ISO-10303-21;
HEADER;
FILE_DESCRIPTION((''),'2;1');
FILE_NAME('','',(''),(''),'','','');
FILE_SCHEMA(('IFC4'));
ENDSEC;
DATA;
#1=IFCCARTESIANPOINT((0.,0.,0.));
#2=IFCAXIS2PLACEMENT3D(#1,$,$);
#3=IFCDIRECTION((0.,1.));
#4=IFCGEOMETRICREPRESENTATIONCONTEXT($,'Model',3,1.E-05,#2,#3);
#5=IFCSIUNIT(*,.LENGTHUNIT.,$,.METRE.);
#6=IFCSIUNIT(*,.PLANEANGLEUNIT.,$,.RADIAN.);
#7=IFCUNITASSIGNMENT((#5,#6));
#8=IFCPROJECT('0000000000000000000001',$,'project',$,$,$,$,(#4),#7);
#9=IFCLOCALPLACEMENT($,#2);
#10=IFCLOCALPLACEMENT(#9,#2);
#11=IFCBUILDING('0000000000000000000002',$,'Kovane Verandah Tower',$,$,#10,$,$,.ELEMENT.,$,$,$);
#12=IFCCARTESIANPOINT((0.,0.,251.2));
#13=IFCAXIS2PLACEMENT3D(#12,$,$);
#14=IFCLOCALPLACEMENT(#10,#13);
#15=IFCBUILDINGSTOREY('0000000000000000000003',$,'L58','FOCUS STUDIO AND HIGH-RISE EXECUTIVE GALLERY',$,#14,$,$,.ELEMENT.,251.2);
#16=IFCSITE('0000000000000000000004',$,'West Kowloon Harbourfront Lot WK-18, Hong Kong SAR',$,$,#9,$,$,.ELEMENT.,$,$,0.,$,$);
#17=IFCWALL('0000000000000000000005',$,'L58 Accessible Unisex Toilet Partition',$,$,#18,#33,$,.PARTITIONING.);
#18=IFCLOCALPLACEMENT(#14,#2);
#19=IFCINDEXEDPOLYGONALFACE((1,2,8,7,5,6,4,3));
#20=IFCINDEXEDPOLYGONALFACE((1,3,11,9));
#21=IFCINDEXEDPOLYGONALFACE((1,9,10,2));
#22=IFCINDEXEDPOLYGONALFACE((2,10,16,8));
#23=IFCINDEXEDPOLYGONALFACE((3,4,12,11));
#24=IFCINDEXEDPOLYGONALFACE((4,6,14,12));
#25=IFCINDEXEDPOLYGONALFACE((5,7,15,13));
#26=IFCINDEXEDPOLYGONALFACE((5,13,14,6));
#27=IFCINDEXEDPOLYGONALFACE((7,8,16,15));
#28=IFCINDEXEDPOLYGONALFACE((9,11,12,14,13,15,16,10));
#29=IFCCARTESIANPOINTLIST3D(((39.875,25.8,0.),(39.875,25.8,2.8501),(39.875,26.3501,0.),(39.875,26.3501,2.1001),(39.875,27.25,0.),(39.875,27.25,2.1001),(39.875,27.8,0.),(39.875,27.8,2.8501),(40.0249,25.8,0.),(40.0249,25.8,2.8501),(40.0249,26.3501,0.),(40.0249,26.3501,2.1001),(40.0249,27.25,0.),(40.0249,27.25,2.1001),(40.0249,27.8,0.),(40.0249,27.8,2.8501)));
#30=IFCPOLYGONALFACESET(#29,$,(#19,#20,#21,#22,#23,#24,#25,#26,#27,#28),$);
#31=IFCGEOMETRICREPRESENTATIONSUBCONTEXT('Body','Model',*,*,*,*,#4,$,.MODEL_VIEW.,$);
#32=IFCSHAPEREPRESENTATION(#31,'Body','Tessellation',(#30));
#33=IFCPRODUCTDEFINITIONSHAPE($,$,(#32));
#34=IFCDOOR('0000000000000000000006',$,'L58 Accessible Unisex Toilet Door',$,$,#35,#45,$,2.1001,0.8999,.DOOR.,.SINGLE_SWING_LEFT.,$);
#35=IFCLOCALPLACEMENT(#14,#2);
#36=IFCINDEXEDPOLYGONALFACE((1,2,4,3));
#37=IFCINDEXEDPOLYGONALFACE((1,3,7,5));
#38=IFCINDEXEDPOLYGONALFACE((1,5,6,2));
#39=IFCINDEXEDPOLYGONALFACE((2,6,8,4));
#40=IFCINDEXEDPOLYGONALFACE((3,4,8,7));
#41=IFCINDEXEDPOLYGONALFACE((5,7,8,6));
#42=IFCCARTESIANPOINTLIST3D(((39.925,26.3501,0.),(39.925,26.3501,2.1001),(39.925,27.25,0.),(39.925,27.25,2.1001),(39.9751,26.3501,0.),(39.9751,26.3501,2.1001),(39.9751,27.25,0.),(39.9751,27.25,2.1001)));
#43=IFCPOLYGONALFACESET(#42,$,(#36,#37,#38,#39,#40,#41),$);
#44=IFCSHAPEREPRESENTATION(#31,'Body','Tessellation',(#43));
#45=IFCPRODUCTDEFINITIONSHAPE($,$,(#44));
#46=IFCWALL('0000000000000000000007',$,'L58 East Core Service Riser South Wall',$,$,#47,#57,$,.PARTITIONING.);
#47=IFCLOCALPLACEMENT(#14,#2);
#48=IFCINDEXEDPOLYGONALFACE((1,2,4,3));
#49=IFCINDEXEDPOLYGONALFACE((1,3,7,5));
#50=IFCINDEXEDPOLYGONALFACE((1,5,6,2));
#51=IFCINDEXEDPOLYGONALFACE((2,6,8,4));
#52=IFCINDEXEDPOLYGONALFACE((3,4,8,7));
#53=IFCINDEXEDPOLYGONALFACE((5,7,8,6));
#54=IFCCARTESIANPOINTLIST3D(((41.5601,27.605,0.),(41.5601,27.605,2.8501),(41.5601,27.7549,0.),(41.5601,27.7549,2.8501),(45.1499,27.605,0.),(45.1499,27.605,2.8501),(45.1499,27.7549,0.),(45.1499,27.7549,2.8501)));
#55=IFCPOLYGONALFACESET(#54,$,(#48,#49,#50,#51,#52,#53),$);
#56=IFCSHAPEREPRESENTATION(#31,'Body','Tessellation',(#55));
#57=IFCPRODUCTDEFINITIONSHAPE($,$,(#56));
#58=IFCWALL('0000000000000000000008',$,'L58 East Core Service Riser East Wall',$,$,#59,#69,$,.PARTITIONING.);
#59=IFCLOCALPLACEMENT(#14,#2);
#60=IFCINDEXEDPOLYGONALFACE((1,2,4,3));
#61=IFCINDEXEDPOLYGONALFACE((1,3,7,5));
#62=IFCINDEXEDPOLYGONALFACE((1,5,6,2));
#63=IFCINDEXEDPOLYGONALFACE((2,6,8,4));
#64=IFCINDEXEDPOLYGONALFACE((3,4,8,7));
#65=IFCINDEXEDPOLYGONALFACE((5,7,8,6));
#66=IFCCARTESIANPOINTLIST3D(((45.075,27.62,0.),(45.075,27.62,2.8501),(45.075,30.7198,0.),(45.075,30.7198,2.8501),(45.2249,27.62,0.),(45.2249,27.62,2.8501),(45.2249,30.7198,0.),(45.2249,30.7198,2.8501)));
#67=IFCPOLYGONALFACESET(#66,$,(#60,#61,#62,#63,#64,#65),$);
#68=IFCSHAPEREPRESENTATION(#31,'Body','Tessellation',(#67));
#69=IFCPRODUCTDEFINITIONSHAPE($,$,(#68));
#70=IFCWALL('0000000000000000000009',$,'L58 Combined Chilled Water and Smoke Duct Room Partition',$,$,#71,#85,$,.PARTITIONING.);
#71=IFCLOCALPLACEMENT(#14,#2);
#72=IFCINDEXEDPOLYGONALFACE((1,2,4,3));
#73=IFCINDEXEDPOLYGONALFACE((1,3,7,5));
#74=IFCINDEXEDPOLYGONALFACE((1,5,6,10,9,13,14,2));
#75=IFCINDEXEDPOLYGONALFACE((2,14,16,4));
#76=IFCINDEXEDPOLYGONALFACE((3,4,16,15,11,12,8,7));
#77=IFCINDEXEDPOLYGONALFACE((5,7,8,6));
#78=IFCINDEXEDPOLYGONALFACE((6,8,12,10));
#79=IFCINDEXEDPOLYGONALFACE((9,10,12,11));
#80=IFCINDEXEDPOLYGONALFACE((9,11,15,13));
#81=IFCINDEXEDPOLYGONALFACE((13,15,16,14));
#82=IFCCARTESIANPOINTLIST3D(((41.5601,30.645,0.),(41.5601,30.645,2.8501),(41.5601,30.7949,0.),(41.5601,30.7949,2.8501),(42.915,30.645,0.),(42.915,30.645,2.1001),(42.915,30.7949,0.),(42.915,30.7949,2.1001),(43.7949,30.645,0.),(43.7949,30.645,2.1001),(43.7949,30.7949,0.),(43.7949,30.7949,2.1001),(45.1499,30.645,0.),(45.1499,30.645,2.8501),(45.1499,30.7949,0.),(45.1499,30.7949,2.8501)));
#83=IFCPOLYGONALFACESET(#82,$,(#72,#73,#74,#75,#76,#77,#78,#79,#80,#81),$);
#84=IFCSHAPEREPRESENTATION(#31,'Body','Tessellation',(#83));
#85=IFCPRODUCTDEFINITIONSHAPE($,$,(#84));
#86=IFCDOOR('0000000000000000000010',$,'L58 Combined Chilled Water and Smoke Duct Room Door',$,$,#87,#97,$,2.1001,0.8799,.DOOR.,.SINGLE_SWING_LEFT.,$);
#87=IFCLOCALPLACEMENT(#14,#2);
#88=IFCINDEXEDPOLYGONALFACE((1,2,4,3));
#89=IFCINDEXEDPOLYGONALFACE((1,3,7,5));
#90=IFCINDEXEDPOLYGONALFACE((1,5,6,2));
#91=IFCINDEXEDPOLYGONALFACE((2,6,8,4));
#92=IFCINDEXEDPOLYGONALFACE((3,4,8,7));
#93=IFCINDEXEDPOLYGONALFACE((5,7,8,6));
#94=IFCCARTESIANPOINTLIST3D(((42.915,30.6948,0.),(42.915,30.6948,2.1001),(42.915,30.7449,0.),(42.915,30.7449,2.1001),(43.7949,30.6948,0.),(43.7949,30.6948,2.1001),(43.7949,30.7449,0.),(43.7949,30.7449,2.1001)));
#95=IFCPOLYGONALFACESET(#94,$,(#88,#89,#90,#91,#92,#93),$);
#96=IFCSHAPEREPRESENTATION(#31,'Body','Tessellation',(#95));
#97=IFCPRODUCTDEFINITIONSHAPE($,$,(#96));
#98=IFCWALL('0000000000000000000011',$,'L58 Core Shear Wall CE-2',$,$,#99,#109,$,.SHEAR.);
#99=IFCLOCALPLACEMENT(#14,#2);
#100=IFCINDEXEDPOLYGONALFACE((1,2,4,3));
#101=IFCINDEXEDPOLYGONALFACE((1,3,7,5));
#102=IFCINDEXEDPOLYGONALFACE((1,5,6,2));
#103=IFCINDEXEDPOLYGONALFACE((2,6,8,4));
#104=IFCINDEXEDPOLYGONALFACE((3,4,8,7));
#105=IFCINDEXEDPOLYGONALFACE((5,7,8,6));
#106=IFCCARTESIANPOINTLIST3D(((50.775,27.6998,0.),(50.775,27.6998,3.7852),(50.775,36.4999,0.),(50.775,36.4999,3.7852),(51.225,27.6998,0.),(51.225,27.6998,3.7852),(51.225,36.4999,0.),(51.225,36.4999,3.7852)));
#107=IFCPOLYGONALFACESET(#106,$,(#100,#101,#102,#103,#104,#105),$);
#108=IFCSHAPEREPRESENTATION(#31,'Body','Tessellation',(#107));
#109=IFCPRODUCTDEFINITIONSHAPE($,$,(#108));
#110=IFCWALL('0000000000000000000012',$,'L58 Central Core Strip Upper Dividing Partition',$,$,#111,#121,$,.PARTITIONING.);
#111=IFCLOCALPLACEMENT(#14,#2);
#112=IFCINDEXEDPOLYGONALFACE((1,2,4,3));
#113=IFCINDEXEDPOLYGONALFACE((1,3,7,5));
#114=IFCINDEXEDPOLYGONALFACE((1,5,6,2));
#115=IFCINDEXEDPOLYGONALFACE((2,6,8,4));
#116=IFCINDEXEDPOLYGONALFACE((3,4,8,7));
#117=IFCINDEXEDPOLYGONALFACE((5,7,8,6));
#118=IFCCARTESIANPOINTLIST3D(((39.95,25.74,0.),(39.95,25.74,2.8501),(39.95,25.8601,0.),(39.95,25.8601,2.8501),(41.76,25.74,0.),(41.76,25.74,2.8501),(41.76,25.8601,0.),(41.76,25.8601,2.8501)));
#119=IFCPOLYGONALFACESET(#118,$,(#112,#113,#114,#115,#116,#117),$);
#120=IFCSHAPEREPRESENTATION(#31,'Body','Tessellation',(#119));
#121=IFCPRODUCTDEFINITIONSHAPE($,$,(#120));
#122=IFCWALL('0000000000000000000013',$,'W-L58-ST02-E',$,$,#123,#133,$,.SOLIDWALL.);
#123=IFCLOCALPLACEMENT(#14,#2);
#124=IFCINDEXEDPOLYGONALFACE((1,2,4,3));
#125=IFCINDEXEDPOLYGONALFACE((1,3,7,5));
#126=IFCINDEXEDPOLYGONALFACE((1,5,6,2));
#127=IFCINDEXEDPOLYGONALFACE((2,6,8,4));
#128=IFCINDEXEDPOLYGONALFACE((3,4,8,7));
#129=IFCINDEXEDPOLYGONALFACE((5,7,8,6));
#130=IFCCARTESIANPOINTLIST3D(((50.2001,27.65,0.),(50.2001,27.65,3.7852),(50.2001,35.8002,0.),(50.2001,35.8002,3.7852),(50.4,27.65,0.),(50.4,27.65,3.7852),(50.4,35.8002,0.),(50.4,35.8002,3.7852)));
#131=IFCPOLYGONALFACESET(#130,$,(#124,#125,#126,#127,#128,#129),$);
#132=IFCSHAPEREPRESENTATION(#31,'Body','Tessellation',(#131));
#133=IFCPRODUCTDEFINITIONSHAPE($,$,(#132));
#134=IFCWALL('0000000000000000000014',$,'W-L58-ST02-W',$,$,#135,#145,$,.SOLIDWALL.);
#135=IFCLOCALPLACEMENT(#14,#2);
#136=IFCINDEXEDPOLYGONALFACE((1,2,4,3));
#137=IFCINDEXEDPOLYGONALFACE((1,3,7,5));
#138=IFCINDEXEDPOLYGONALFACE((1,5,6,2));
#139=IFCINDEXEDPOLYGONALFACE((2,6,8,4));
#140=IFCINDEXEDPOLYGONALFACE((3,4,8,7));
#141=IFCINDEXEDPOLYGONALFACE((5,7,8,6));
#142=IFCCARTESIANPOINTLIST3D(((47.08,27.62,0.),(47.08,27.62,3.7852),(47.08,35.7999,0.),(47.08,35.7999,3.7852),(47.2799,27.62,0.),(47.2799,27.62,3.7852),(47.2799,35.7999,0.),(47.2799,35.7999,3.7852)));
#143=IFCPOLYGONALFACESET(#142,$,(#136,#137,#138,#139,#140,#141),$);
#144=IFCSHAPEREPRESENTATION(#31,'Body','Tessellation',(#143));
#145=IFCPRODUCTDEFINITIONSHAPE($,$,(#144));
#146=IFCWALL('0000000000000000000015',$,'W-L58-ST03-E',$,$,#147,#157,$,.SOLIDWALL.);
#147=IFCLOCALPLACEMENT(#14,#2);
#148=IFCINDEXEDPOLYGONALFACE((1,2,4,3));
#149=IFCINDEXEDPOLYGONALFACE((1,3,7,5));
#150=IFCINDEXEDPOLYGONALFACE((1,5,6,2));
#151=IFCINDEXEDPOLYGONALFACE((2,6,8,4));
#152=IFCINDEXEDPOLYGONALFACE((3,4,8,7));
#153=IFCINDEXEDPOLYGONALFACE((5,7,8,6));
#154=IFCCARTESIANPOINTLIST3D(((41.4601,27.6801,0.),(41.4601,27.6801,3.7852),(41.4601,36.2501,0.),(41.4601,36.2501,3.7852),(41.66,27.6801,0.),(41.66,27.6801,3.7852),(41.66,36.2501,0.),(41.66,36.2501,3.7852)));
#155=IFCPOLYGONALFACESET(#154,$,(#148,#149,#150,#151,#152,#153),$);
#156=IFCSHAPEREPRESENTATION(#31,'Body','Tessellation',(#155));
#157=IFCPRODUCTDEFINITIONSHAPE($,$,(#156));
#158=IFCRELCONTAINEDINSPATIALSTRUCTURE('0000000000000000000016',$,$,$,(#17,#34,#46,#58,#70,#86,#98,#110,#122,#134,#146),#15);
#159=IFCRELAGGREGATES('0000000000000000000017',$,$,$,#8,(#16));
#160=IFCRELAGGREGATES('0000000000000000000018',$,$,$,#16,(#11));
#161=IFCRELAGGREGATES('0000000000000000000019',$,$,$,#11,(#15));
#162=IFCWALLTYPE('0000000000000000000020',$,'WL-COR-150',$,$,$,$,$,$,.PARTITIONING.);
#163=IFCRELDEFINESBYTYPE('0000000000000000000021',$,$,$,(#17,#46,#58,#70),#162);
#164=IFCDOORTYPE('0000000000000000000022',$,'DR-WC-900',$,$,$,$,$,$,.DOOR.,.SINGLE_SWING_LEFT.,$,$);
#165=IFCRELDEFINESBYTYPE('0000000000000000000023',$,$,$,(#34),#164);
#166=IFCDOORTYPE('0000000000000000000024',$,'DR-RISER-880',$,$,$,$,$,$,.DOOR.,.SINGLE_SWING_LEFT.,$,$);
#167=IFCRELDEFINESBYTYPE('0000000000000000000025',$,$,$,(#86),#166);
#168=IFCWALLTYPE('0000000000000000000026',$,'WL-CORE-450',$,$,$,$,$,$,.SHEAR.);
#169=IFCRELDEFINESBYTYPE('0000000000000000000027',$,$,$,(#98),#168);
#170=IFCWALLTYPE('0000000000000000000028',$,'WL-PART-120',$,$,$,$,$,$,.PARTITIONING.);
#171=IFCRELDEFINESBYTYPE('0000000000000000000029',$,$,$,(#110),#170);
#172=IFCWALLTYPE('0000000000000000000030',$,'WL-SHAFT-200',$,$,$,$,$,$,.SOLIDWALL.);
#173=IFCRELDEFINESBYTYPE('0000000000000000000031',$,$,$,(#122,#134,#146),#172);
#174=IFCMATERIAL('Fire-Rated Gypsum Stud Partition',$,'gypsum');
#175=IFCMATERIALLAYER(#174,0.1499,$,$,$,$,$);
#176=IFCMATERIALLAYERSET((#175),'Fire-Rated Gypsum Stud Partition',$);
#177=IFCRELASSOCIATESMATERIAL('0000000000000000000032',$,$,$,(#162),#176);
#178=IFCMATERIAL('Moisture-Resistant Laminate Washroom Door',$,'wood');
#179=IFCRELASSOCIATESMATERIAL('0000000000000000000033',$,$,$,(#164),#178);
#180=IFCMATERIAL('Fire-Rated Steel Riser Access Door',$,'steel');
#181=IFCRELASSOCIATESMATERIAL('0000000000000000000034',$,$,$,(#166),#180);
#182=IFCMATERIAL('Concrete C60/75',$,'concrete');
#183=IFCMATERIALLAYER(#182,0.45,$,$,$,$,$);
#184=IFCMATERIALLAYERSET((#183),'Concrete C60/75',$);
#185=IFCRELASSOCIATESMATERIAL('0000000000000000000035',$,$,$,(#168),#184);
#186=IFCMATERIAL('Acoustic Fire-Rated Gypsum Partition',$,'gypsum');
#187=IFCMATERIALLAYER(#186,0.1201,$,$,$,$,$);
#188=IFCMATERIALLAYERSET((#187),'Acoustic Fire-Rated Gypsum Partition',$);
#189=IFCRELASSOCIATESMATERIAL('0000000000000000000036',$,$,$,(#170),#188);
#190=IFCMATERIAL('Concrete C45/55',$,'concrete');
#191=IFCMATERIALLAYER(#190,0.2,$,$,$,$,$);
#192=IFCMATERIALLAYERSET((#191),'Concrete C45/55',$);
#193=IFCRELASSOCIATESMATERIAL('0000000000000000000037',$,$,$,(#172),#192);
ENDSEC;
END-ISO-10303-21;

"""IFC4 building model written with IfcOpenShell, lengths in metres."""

from ifc_helpers import new_model, si_unit, direction, frame, frame_2d, origin, place, context, subcontext, project, spatial, rectangle, extrude, material, layer, layer_set, type_object, element, fill, save


model = new_model("IFC4")

# Units and contexts
model_context = context("Model", 3, precision=1e-05, world=origin(), true_north=direction((0.0, 1.0)))
body_context = subcontext(model_context, "Body", "Model", "MODEL_VIEW")
ifc_project = project(units=[si_unit("LENGTHUNIT", "METRE"), si_unit("PLANEANGLEUNIT", "RADIAN")], contexts=[model_context])

# Site, building, storey
site_placement = place(None, origin())
site = spatial("IfcSite", under=ifc_project, at=site_placement, Name="West Kowloon Harbourfront Lot WK-18, Hong Kong SAR", CompositionType="ELEMENT", RefElevation=0.0)
building_placement = place(site_placement, origin())
building = spatial("IfcBuilding", under=site, at=building_placement, Name="Kovane Verandah Tower", CompositionType="ELEMENT")
storey_placement = place(building_placement, frame((0.0, 0.0, 251.2)))
storey = spatial("IfcBuildingStorey", under=building, at=storey_placement, Name="L58", Description="FOCUS STUDIO AND HIGH-RISE EXECUTIVE GALLERY", CompositionType="ELEMENT", Elevation=251.2)

# Wall, opening, door
ifc_material_1 = material(Name="Fire-Rated Gypsum Stud Partition", Category="gypsum")
ifc_layer_1 = layer(ifc_material_1, 0.1499)
ifc_layer_set_1 = layer_set([ifc_layer_1], Name="Fire-Rated Gypsum Stud Partition")
wall_type_1 = type_object("IfcWallType", Name="WL-COR-150", PredefinedType="PARTITIONING", material=ifc_layer_set_1)
wall_1_placement = place(storey_placement, frame((39.95, 25.8, 0.0), z_axis=(0.0, 0.0, 1.0), x_axis=(0.0, 1.0, 0.0)))
wall_1 = element("IfcWall", 1, at=wall_1_placement, inside=storey, type_object=wall_type_1, Name="L58 Accessible Unisex Toilet Partition", PredefinedType="PARTITIONING", context=body_context, shape_type="SweptSolid", body=[
    extrude(rectangle(XDim=2.0, YDim=0.1499, at=frame_2d((1.0, 0.0))), origin(), (0.0, 0.0, 1.0), 2.8501),
])
opening_1_placement = place(wall_1_placement, frame((0.55, 0.0, 0.0)))
opening_1 = element("IfcOpeningElement", 2, at=opening_1_placement, cuts=wall_1, PredefinedType="OPENING", context=body_context, shape_type="SweptSolid", body=[
    extrude(rectangle(XDim=0.8999, YDim=2.1001, at=frame_2d((0.45, 1.05))), frame((0.0, 0.075, 0.0), z_axis=(0.0, -1.0, 0.0), x_axis=(1.0, 0.0, 0.0)), (0.0, 0.0, 1.0), 0.1499),
])
ifc_material_2 = material(Name="Moisture-Resistant Laminate Washroom Door", Category="wood")
door_type_1 = type_object("IfcDoorType", Name="DR-WC-900", OperationType="SINGLE_SWING_LEFT", PredefinedType="DOOR", material=ifc_material_2)
door_1_placement = place(opening_1_placement, origin())
door_1 = element("IfcDoor", 3, at=door_1_placement, inside=storey, type_object=door_type_1, Name="L58 Accessible Unisex Toilet Door", OperationType="SINGLE_SWING_LEFT", OverallHeight=2.1001, OverallWidth=0.8999, PredefinedType="DOOR", context=body_context, shape_type="SweptSolid", body=[
    extrude(rectangle(XDim=0.8999, YDim=2.1001, at=frame_2d((0.45, 1.05))), frame((0.0, 0.0249, 0.0), z_axis=(0.0, -1.0, 0.0), x_axis=(1.0, 0.0, 0.0)), (0.0, 0.0, 1.0), 0.05),
])
fill(opening_1, door_1)

# Walls
wall_2_placement = place(storey_placement, frame((41.5601, 27.6799, 0.0), z_axis=(0.0, 0.0, 1.0), x_axis=(1.0, 0.0, 0.0)))
element("IfcWall", 4, at=wall_2_placement, inside=storey, type_object=wall_type_1, Name="L58 East Core Service Riser South Wall", PredefinedType="PARTITIONING", context=body_context, shape_type="SweptSolid", body=[
    extrude(rectangle(XDim=3.5898, YDim=0.1499, at=frame_2d((1.7949, 0.0))), origin(), (0.0, 0.0, 1.0), 2.8501),
])
wall_3_placement = place(storey_placement, frame((45.1499, 27.6201, 0.0), z_axis=(0.0, 0.0, 1.0), x_axis=(0.0, 1.0, 0.0)))
element("IfcWall", 5, at=wall_3_placement, inside=storey, type_object=wall_type_1, Name="L58 East Core Service Riser East Wall", PredefinedType="PARTITIONING", context=body_context, shape_type="SweptSolid", body=[
    extrude(rectangle(XDim=3.0999, YDim=0.1499, at=frame_2d((1.5498, 0.0))), origin(), (0.0, 0.0, 1.0), 2.8501),
])

# Wall, opening, door
wall_4_placement = place(storey_placement, frame((41.5601, 30.72, 0.0), z_axis=(0.0, 0.0, 1.0), x_axis=(1.0, 0.0, 0.0)))
wall_4 = element("IfcWall", 6, at=wall_4_placement, inside=storey, type_object=wall_type_1, Name="L58 Combined Chilled Water and Smoke Duct Room Partition", PredefinedType="PARTITIONING", context=body_context, shape_type="SweptSolid", body=[
    extrude(rectangle(XDim=3.5898, YDim=0.1499, at=frame_2d((1.7949, 0.0))), origin(), (0.0, 0.0, 1.0), 2.8501),
])
opening_2_placement = place(wall_4_placement, frame((1.355, 0.0, 0.0)))
opening_2 = element("IfcOpeningElement", 7, at=opening_2_placement, cuts=wall_4, PredefinedType="OPENING", context=body_context, shape_type="SweptSolid", body=[
    extrude(rectangle(XDim=0.8799, YDim=2.1001, at=frame_2d((0.4399, 1.05))), frame((0.0, 0.075, 0.0), z_axis=(0.0, -1.0, 0.0), x_axis=(1.0, 0.0, 0.0)), (0.0, 0.0, 1.0), 0.1499),
])
ifc_material_3 = material(Name="Fire-Rated Steel Riser Access Door", Category="steel")
door_type_2 = type_object("IfcDoorType", Name="DR-RISER-880", OperationType="SINGLE_SWING_LEFT", PredefinedType="DOOR", material=ifc_material_3)
door_2_placement = place(opening_2_placement, origin())
door_2 = element("IfcDoor", 8, at=door_2_placement, inside=storey, type_object=door_type_2, Name="L58 Combined Chilled Water and Smoke Duct Room Door", OperationType="SINGLE_SWING_LEFT", OverallHeight=2.1001, OverallWidth=0.8799, PredefinedType="DOOR", context=body_context, shape_type="SweptSolid", body=[
    extrude(rectangle(XDim=0.8799, YDim=2.1001, at=frame_2d((0.4399, 1.05))), frame((0.0, 0.0249, 0.0), z_axis=(0.0, -1.0, 0.0), x_axis=(1.0, 0.0, 0.0)), (0.0, 0.0, 1.0), 0.05),
])
fill(opening_2, door_2)

# Wall
ifc_material_4 = material(Name="Concrete C60/75", Category="concrete")
ifc_layer_2 = layer(ifc_material_4, 0.45)
ifc_layer_set_2 = layer_set([ifc_layer_2], Name="Concrete C60/75")
wall_type_2 = type_object("IfcWallType", Name="WL-CORE-450", PredefinedType="SHEAR", material=ifc_layer_set_2)
wall_5_placement = place(storey_placement, frame((51.0, 27.7, 0.0), z_axis=(0.0, 0.0, 1.0), x_axis=(0.0, 1.0, 0.0)))
element("IfcWall", 9, at=wall_5_placement, inside=storey, type_object=wall_type_2, Name="L58 Core Shear Wall CE-2", PredefinedType="SHEAR", context=body_context, shape_type="SweptSolid", body=[
    extrude(rectangle(XDim=8.8, YDim=0.45, at=frame_2d((4.3999, 0.0))), origin(), (0.0, 0.0, 1.0), 3.7852),
])

# Walls
ifc_material_5 = material(Name="Acoustic Fire-Rated Gypsum Partition", Category="gypsum")
ifc_layer_3 = layer(ifc_material_5, 0.1201)
ifc_layer_set_3 = layer_set([ifc_layer_3], Name="Acoustic Fire-Rated Gypsum Partition")
wall_type_3 = type_object("IfcWallType", Name="WL-PART-120", PredefinedType="PARTITIONING", material=ifc_layer_set_3)
wall_6_placement = place(storey_placement, frame((39.95, 25.8, 0.0), z_axis=(0.0, 0.0, 1.0), x_axis=(1.0, 0.0, 0.0)))
element("IfcWall", 10, at=wall_6_placement, inside=storey, type_object=wall_type_3, Name="L58 Central Core Strip Upper Dividing Partition", PredefinedType="PARTITIONING", context=body_context, shape_type="SweptSolid", body=[
    extrude(rectangle(XDim=1.8101, YDim=0.1201, at=frame_2d((0.905, 0.0))), origin(), (0.0, 0.0, 1.0), 2.8501),
])
ifc_material_6 = material(Name="Concrete C45/55", Category="concrete")
ifc_layer_4 = layer(ifc_material_6, 0.2)
ifc_layer_set_4 = layer_set([ifc_layer_4], Name="Concrete C45/55")
wall_type_4 = type_object("IfcWallType", Name="WL-SHAFT-200", PredefinedType="SOLIDWALL", material=ifc_layer_set_4)
wall_7_placement = place(storey_placement, frame((50.3, 27.6499, 0.0), z_axis=(0.0, 0.0, 1.0), x_axis=(0.0, 1.0, 0.0)))
element("IfcWall", 11, at=wall_7_placement, inside=storey, type_object=wall_type_4, Name="W-L58-ST02-E", PredefinedType="SOLIDWALL", context=body_context, shape_type="SweptSolid", body=[
    extrude(rectangle(XDim=8.1501, YDim=0.2, at=frame_2d((4.0752, 0.0))), origin(), (0.0, 0.0, 1.0), 3.7852),
])
wall_8_placement = place(storey_placement, frame((47.1799, 27.6201, 0.0), z_axis=(0.0, 0.0, 1.0), x_axis=(0.0, 1.0, 0.0)))
element("IfcWall", 12, at=wall_8_placement, inside=storey, type_object=wall_type_4, Name="W-L58-ST02-W", PredefinedType="SOLIDWALL", context=body_context, shape_type="SweptSolid", body=[
    extrude(rectangle(XDim=8.1799, YDim=0.2, at=frame_2d((4.0898, 0.0))), origin(), (0.0, 0.0, 1.0), 3.7852),
])

# Wall
wall_9_placement = place(storey_placement, frame((41.5601, 27.6799, 0.0), z_axis=(0.0, 0.0, 1.0), x_axis=(0.0, 1.0, 0.0)))
element("IfcWall", 13, at=wall_9_placement, inside=storey, type_object=wall_type_4, Name="W-L58-ST03-E", PredefinedType="SOLIDWALL", context=body_context, shape_type="SweptSolid", body=[
    extrude(rectangle(XDim=8.5701, YDim=0.2, at=frame_2d((4.2852, 0.0))), origin(), (0.0, 0.0, 1.0), 3.7852),
])

save(model, "model.ifc")
